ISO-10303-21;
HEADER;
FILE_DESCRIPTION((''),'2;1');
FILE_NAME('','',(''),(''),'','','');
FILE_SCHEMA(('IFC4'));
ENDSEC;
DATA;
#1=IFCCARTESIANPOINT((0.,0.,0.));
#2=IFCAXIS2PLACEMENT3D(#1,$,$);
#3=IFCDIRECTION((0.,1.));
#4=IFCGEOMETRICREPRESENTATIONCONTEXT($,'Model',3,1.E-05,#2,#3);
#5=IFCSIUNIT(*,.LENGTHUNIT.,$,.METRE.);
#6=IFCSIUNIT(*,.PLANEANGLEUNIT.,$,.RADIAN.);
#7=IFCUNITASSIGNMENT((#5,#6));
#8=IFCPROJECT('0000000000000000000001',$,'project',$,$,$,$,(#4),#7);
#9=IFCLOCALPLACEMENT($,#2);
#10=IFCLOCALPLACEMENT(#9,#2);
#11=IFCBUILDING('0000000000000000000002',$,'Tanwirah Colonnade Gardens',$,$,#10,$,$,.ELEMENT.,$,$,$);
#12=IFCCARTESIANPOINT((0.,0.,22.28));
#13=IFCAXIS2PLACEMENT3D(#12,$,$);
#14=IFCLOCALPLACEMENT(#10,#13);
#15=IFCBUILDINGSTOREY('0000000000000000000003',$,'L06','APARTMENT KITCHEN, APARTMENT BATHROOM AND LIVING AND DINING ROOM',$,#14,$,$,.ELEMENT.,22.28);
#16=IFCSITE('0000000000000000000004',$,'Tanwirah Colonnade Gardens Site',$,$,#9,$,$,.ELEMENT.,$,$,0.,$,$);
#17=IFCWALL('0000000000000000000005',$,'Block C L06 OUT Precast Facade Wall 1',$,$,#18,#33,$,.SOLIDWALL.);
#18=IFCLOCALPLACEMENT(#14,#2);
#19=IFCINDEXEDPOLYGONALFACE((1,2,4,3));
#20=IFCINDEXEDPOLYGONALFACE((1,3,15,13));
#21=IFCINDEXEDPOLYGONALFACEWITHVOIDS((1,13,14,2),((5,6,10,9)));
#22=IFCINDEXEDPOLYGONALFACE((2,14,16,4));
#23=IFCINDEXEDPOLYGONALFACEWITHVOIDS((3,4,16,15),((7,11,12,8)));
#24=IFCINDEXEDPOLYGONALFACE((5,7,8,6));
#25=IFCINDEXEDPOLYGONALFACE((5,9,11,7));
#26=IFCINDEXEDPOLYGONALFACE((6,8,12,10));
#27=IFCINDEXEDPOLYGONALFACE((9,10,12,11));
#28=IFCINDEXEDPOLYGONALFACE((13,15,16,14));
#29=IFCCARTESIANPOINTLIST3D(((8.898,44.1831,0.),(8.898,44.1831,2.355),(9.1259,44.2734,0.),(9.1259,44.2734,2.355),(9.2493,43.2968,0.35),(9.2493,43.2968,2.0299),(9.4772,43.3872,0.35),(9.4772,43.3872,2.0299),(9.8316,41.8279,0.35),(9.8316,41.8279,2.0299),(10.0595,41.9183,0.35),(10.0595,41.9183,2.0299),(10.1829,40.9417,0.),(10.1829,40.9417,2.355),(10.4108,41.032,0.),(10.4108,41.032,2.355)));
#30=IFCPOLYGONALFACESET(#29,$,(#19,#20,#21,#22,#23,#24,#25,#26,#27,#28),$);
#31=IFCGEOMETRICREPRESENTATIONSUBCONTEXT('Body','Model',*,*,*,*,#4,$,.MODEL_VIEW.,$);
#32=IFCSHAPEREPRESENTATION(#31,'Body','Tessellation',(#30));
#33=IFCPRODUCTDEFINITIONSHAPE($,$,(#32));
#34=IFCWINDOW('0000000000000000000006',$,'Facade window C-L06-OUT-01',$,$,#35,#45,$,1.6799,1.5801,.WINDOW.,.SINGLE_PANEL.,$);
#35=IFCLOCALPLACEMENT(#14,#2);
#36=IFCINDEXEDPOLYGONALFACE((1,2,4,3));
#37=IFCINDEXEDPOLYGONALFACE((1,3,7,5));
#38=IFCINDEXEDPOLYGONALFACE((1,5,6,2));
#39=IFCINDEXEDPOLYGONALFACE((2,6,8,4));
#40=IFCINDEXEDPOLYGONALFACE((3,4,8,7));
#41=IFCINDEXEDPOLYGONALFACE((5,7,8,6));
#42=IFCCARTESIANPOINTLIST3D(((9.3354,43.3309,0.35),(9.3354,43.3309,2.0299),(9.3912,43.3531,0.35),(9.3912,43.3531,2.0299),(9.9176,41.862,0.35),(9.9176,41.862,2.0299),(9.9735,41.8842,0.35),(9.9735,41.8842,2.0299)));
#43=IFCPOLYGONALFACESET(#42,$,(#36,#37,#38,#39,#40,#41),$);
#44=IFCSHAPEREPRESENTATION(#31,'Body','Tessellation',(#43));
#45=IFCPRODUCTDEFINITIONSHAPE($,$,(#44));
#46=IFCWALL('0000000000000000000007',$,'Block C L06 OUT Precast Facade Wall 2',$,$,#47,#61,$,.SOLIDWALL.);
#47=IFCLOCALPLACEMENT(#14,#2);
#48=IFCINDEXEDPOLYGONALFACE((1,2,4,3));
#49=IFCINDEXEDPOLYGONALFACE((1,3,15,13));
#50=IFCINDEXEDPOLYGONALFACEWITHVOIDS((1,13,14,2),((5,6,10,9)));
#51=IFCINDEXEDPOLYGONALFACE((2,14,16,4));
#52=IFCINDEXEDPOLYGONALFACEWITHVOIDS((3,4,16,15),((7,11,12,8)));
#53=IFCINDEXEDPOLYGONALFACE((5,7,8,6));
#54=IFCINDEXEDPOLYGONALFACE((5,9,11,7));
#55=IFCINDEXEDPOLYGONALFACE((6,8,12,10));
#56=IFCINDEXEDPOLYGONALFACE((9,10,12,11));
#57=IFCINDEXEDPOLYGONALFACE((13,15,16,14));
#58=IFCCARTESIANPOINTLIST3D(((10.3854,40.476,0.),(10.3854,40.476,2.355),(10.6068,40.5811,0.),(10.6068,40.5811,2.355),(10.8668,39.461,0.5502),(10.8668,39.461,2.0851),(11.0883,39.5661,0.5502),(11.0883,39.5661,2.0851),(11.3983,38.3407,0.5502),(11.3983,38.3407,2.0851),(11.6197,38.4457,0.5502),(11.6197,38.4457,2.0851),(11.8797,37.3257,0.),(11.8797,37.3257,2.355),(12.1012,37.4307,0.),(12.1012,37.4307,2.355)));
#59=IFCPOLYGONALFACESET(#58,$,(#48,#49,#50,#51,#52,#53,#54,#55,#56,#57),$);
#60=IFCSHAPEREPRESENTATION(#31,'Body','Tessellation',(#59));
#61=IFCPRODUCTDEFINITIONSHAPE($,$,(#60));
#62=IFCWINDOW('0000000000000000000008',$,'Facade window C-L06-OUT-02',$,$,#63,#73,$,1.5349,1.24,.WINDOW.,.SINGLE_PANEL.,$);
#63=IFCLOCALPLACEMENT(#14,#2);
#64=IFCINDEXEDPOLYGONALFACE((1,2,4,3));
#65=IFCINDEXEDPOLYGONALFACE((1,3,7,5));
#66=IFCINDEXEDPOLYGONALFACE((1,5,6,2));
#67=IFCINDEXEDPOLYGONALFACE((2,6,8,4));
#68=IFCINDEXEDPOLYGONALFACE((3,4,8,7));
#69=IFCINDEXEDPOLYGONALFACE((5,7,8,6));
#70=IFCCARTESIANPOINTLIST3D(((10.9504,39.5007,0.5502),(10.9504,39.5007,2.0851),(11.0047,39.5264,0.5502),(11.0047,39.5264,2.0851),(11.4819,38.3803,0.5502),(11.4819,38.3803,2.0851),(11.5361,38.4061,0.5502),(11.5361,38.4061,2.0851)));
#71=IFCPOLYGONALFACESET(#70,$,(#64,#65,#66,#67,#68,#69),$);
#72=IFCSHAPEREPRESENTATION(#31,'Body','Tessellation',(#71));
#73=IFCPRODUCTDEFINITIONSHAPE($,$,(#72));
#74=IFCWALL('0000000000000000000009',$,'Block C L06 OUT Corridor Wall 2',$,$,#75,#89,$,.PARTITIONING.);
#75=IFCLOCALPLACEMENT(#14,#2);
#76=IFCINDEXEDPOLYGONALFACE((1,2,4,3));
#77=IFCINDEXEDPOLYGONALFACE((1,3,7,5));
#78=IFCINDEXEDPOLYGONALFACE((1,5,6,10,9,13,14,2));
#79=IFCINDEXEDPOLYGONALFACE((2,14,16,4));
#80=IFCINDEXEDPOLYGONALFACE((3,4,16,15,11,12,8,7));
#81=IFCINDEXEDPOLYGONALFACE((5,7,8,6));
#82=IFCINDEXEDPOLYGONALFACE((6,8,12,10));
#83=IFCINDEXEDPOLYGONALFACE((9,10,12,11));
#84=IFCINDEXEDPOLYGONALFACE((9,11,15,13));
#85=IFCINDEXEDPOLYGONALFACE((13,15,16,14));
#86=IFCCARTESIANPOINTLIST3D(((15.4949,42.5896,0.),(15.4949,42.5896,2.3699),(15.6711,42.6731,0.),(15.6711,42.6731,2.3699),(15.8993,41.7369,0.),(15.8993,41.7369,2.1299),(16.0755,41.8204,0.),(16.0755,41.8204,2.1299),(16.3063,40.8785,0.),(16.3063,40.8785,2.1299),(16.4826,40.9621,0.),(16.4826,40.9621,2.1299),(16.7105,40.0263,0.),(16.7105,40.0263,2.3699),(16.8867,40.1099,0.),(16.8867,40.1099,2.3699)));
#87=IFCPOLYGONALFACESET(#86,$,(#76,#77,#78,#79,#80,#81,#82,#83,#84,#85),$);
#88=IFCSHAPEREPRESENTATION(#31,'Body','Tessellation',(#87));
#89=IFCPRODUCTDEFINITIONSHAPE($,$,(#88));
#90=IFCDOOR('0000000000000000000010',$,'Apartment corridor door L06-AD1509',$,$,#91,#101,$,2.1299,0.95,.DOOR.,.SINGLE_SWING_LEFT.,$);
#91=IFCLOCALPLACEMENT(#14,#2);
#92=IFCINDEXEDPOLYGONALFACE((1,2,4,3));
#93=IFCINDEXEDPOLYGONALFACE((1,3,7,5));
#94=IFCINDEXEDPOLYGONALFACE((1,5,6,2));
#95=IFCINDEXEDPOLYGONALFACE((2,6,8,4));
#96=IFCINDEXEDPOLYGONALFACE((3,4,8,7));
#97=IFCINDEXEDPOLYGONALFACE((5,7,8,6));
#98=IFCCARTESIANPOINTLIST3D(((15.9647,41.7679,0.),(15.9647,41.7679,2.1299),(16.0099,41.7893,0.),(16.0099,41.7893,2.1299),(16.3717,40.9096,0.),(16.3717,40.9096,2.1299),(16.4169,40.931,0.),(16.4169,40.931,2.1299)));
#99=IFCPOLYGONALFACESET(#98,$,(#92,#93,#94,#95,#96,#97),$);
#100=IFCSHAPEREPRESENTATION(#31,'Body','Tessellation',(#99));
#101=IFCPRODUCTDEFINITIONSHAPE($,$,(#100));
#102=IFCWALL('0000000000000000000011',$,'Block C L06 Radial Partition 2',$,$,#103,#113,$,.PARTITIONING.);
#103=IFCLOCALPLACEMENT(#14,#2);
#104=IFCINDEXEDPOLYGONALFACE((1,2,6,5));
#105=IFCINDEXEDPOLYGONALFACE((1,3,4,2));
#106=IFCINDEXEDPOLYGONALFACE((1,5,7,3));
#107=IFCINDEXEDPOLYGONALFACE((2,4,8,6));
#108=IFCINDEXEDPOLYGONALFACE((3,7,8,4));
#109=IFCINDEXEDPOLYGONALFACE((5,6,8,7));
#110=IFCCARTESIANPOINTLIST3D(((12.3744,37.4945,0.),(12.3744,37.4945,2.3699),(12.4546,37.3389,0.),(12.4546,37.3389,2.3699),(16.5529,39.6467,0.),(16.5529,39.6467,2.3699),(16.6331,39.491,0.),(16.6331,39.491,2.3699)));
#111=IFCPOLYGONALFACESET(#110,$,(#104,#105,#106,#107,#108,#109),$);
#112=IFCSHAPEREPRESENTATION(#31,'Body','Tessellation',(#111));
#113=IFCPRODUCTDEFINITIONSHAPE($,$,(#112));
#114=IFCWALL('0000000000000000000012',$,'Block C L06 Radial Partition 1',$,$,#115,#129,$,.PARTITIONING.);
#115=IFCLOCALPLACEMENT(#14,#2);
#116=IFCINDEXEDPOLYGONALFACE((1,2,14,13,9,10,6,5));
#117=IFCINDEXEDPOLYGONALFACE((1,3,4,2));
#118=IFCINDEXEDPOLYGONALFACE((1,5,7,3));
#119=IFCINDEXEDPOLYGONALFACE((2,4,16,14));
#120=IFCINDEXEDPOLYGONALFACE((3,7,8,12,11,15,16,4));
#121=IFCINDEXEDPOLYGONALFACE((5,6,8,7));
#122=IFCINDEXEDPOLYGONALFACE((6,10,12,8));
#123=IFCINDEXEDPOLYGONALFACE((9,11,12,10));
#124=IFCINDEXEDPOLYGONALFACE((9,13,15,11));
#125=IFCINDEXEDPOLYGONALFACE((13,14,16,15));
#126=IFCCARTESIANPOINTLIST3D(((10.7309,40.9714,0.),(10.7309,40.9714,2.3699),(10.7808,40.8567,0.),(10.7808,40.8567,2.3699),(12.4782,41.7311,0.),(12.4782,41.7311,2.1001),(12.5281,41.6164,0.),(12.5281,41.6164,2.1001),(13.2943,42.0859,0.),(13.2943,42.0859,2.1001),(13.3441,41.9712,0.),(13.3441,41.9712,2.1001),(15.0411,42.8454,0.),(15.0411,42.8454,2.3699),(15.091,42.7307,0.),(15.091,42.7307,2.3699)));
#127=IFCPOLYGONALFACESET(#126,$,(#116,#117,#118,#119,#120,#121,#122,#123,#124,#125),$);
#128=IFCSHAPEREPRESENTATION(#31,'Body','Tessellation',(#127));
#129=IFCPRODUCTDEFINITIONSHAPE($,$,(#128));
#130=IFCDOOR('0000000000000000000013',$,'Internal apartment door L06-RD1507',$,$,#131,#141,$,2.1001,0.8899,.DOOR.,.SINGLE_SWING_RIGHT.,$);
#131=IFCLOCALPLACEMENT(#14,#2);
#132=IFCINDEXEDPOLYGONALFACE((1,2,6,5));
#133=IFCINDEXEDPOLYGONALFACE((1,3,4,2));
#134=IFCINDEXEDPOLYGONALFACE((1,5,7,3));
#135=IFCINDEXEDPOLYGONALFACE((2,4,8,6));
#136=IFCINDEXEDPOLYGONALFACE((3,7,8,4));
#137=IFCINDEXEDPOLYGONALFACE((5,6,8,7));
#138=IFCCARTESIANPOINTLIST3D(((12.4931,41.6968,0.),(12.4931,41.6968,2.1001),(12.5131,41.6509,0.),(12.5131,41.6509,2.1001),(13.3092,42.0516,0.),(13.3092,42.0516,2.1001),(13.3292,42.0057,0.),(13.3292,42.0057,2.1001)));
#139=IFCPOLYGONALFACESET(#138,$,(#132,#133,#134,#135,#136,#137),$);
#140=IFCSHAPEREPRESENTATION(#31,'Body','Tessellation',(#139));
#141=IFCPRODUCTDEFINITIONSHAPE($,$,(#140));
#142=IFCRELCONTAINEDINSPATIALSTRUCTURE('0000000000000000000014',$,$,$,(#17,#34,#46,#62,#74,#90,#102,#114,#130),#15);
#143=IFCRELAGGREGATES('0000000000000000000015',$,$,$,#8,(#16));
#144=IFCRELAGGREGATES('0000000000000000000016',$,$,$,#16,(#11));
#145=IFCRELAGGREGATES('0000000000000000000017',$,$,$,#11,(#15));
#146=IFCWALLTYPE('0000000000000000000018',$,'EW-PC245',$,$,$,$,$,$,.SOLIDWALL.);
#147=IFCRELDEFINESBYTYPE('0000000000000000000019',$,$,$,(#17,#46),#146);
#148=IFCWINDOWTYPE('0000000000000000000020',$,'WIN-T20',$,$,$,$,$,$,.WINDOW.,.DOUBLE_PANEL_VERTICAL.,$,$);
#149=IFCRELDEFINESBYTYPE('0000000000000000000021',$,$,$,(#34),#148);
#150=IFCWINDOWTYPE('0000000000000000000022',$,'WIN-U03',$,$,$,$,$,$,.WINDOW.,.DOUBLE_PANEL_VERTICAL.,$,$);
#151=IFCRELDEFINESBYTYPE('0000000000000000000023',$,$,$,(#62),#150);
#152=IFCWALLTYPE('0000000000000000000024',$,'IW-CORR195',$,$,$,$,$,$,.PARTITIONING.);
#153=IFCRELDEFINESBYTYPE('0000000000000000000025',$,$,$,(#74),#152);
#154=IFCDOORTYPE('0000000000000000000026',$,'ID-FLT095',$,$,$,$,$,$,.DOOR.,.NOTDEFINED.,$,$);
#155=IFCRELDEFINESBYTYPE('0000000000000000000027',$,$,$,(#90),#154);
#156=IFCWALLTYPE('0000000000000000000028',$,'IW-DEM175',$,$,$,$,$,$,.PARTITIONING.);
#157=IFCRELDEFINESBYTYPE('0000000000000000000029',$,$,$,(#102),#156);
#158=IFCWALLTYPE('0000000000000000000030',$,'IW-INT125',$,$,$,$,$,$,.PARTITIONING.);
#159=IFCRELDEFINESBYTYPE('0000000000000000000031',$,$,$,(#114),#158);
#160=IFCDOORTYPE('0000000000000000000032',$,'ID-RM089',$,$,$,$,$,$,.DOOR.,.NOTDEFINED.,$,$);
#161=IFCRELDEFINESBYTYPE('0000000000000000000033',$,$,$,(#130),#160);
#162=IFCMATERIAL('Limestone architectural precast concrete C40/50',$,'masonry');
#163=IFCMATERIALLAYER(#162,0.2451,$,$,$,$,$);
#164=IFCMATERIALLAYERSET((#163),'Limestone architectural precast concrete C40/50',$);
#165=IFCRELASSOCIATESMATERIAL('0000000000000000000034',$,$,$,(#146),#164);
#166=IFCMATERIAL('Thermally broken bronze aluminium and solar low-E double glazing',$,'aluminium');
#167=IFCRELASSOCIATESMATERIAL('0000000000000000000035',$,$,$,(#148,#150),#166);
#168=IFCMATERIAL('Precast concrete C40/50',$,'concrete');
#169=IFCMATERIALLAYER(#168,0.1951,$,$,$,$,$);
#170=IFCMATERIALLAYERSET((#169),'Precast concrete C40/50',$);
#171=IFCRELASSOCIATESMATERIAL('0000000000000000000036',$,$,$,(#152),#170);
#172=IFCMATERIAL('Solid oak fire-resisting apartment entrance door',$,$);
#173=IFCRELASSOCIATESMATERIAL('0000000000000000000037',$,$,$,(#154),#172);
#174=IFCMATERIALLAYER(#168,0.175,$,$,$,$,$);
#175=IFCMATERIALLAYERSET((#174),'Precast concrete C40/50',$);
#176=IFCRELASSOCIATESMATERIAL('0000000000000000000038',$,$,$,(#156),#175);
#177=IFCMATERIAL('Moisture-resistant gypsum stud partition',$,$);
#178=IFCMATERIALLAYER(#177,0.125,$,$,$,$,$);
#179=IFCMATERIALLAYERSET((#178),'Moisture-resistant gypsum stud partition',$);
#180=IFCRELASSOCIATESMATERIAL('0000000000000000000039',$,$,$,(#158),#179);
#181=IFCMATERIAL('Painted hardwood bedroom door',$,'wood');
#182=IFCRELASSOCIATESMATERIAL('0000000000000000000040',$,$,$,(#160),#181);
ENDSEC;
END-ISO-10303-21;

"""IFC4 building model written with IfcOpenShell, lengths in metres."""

from ifc_helpers import new_model, si_unit, direction, frame, frame_2d, origin, place, context, subcontext, project, spatial, rectangle, extrude, material, layer, layer_set, type_object, element, fill, save


model = new_model("IFC4")

# Units and contexts
model_context = context("Model", 3, precision=1e-05, world=origin(), true_north=direction((0.0, 1.0)))
body_context = subcontext(model_context, "Body", "Model", "MODEL_VIEW")
ifc_project = project(units=[si_unit("LENGTHUNIT", "METRE"), si_unit("PLANEANGLEUNIT", "RADIAN")], contexts=[model_context])

# Site, building, storey
site_placement = place(None, origin())
site = spatial("IfcSite", under=ifc_project, at=site_placement, Name="Tanwirah Colonnade Gardens Site", CompositionType="ELEMENT", RefElevation=0.0)
building_placement = place(site_placement, origin())
building = spatial("IfcBuilding", under=site, at=building_placement, Name="Tanwirah Colonnade Gardens", CompositionType="ELEMENT")
storey_placement = place(building_placement, frame((0.0, 0.0, 22.28)))
storey = spatial("IfcBuildingStorey", under=building, at=storey_placement, Name="L06", Description="APARTMENT KITCHEN, APARTMENT BATHROOM AND LIVING AND DINING ROOM", CompositionType="ELEMENT", Elevation=22.28)

# Shared definitions
ifc_material_1 = material(Name="Precast concrete C40/50", Category="concrete")

# Walls, openings, windows
ifc_material_2 = material(Name="Limestone architectural precast concrete C40/50", Category="masonry")
ifc_layer_1 = layer(ifc_material_2, 0.2451)
ifc_layer_set_1 = layer_set([ifc_layer_1], Name="Limestone architectural precast concrete C40/50")
wall_type_1 = type_object("IfcWallType", Name="EW-PC245", PredefinedType="SOLIDWALL", material=ifc_layer_set_1)
wall_1_placement = place(storey_placement, frame((9.012, 44.2283, 0.0), z_axis=(0.0, 0.0, 1.0), x_axis=(0.368504, -0.929626, 0.0)))
wall_1 = element("IfcWall", 1, at=wall_1_placement, inside=storey, type_object=wall_type_1, Name="Block C L06 OUT Precast Facade Wall 1", PredefinedType="SOLIDWALL", context=body_context, shape_type="SweptSolid", body=[
    extrude(rectangle(XDim=3.4868, YDim=0.2451, at=frame_2d((1.7434, 0.0))), origin(), (0.0, 0.0, 1.0), 2.355),
])
opening_1_placement = place(wall_1_placement, frame((0.9534, 0.0, 0.3501)))
opening_1 = element("IfcOpeningElement", 2, at=opening_1_placement, cuts=wall_1, PredefinedType="OPENING", context=body_context, shape_type="SweptSolid", body=[
    extrude(rectangle(XDim=1.5801, YDim=1.6799, at=frame_2d((0.79, 0.8398))), frame((0.0, 0.1326, 0.0), z_axis=(0.0, -1.0, 0.0), x_axis=(1.0, 0.0, 0.0)), (0.0, 0.0, 1.0), 0.2651),
])
ifc_material_3 = material(Name="Thermally broken bronze aluminium and solar low-E double glazing", Category="aluminium")
window_type_1 = type_object("IfcWindowType", Name="WIN-T20", PartitioningType="DOUBLE_PANEL_VERTICAL", PredefinedType="WINDOW", material=ifc_material_3)
window_1_placement = place(opening_1_placement, origin())
window_1 = element("IfcWindow", 3, at=window_1_placement, inside=storey, type_object=window_type_1, Name="Facade window C-L06-OUT-01", OverallHeight=1.6799, OverallWidth=1.5801, PartitioningType="SINGLE_PANEL", PredefinedType="WINDOW", context=body_context, shape_type="SweptSolid", body=[
    extrude(rectangle(XDim=1.5801, YDim=1.6799, at=frame_2d((0.79, 0.8398))), frame((0.0, 0.03, 0.0), z_axis=(0.0, -1.0, 0.0), x_axis=(1.0, 0.0, 0.0)), (0.0, 0.0, 1.0), 0.0601),
])
fill(opening_1, window_1)
wall_2_placement = place(storey_placement, frame((10.4961, 40.5286, 0.0), z_axis=(0.0, 0.0, 1.0), x_axis=(0.428577, -0.903505, 0.0)))
wall_2 = element("IfcWall", 4, at=wall_2_placement, inside=storey, type_object=wall_type_1, Name="Block C L06 OUT Precast Facade Wall 2", PredefinedType="SOLIDWALL", context=body_context, shape_type="SweptSolid", body=[
    extrude(rectangle(XDim=3.4868, YDim=0.2451, at=frame_2d((1.7434, 0.0))), origin(), (0.0, 0.0, 1.0), 2.355),
])
opening_2_placement = place(wall_2_placement, frame((1.1233, 0.0, 0.55)))
opening_2 = element("IfcOpeningElement", 5, at=opening_2_placement, cuts=wall_2, PredefinedType="OPENING", context=body_context, shape_type="SweptSolid", body=[
    extrude(rectangle(XDim=1.24, YDim=1.5349, at=frame_2d((0.6201, 0.7676))), frame((0.0, 0.1326, 0.0), z_axis=(0.0, -1.0, 0.0), x_axis=(1.0, 0.0, 0.0)), (0.0, 0.0, 1.0), 0.2651),
])
window_type_2 = type_object("IfcWindowType", Name="WIN-U03", PartitioningType="DOUBLE_PANEL_VERTICAL", PredefinedType="WINDOW", material=ifc_material_3)
window_2_placement = place(opening_2_placement, origin())
window_2 = element("IfcWindow", 6, at=window_2_placement, inside=storey, type_object=window_type_2, Name="Facade window C-L06-OUT-02", OverallHeight=1.5349, OverallWidth=1.24, PartitioningType="SINGLE_PANEL", PredefinedType="WINDOW", context=body_context, shape_type="SweptSolid", body=[
    extrude(rectangle(XDim=1.24, YDim=1.5349, at=frame_2d((0.6201, 0.7676))), frame((0.0, 0.03, 0.0), z_axis=(0.0, -1.0, 0.0), x_axis=(1.0, 0.0, 0.0)), (0.0, 0.0, 1.0), 0.0601),
])
fill(opening_2, window_2)

# Wall, opening, door
ifc_layer_2 = layer(ifc_material_1, 0.1951)
ifc_layer_set_2 = layer_set([ifc_layer_2], Name="Precast concrete C40/50")
wall_type_2 = type_object("IfcWallType", Name="IW-CORR195", PredefinedType="PARTITIONING", material=ifc_layer_set_2)
ifc_material_4 = material(Name="Solid oak fire-resisting apartment entrance door")
wall_3_placement = place(storey_placement, frame((15.583, 42.6313, 0.0), z_axis=(0.0, 0.0, 1.0), x_axis=(0.428493, -0.903545, 0.0)))
wall_3 = element("IfcWall", 7, at=wall_3_placement, inside=storey, type_object=wall_type_2, Name="Block C L06 OUT Corridor Wall 2", PredefinedType="PARTITIONING", context=body_context, shape_type="SweptSolid", body=[
    extrude(rectangle(XDim=2.8369, YDim=0.1951, at=frame_2d((1.4185, 0.0))), origin(), (0.0, 0.0, 1.0), 2.3699),
])
opening_3_placement = place(wall_3_placement, frame((0.9436, 0.0, 0.0)))
opening_3 = element("IfcOpeningElement", 8, at=opening_3_placement, cuts=wall_3, PredefinedType="OPENING", context=body_context, shape_type="SweptSolid", body=[
    extrude(rectangle(XDim=0.95, YDim=2.1299, at=frame_2d((0.4751, 1.0649))), frame((0.0, 0.1074, 0.0), z_axis=(0.0, -1.0, 0.0), x_axis=(1.0, 0.0, 0.0)), (0.0, 0.0, 1.0), 0.2151),
])
door_type_1 = type_object("IfcDoorType", Name="ID-FLT095", OperationType="NOTDEFINED", PredefinedType="DOOR", material=ifc_material_4)
door_1_placement = place(opening_3_placement, origin())
door_1 = element("IfcDoor", 9, at=door_1_placement, inside=storey, type_object=door_type_1, Name="Apartment corridor door L06-AD1509", OperationType="SINGLE_SWING_LEFT", OverallHeight=2.1299, OverallWidth=0.95, PredefinedType="DOOR", context=body_context, shape_type="SweptSolid", body=[
    extrude(rectangle(XDim=0.95, YDim=2.1299, at=frame_2d((0.4751, 1.0649))), frame((0.0, 0.0249, 0.0), z_axis=(0.0, -1.0, 0.0), x_axis=(1.0, 0.0, 0.0)), (0.0, 0.0, 1.0), 0.05),
])
fill(opening_3, door_1)

# Wall
ifc_layer_3 = layer(ifc_material_1, 0.175)
ifc_layer_set_3 = layer_set([ifc_layer_3], Name="Precast concrete C40/50")
wall_type_3 = type_object("IfcWallType", Name="IW-DEM175", PredefinedType="PARTITIONING", material=ifc_layer_set_3)
wall_4_placement = place(storey_placement, frame((16.593, 39.5688, 0.0), z_axis=(0.0, 0.0, 1.0), x_axis=(-0.889013, -0.457882, 0.0)))
element("IfcWall", 10, at=wall_4_placement, inside=storey, type_object=wall_type_3, Name="Block C L06 Radial Partition 2", PredefinedType="PARTITIONING", context=body_context, shape_type="SweptSolid", body=[
    extrude(rectangle(XDim=4.7002, YDim=0.175, at=frame_2d((2.3501, 0.0))), origin(), (0.0, 0.0, 1.0), 2.3699),
])

# Wall, opening, door
ifc_material_5 = material(Name="Moisture-resistant gypsum stud partition")
ifc_layer_4 = layer(ifc_material_5, 0.125)
ifc_layer_set_4 = layer_set([ifc_layer_4], Name="Moisture-resistant gypsum stud partition")
wall_type_4 = type_object("IfcWallType", Name="IW-INT125", PredefinedType="PARTITIONING", material=ifc_layer_set_4)
wall_5_placement = place(storey_placement, frame((15.0662, 42.7881, 0.0), z_axis=(0.0, 0.0, 1.0), x_axis=(-0.917072, -0.398722, 0.0)))
wall_5 = element("IfcWall", 11, at=wall_5_placement, inside=storey, type_object=wall_type_4, Name="Block C L06 Radial Partition 1", PredefinedType="PARTITIONING", context=body_context, shape_type="SweptSolid", body=[
    extrude(rectangle(XDim=4.7, YDim=0.125, at=frame_2d((2.3501, 0.0))), origin(), (0.0, 0.0, 1.0), 2.3699),
])
opening_4_placement = place(wall_5_placement, frame((1.905, 0.0, 0.0)))
opening_4 = element("IfcOpeningElement", 12, at=opening_4_placement, cuts=wall_5, PredefinedType="OPENING", context=body_context, shape_type="SweptSolid", body=[
    extrude(rectangle(XDim=0.8899, YDim=2.1001, at=frame_2d((0.4448, 1.05))), frame((0.0, 0.0725, 0.0), z_axis=(0.0, -1.0, 0.0), x_axis=(1.0, 0.0, 0.0)), (0.0, 0.0, 1.0), 0.145),
])
ifc_material_6 = material(Name="Painted hardwood bedroom door", Category="wood")
door_type_2 = type_object("IfcDoorType", Name="ID-RM089", OperationType="NOTDEFINED", PredefinedType="DOOR", material=ifc_material_6)
door_2_placement = place(opening_4_placement, origin())
door_2 = element("IfcDoor", 13, at=door_2_placement, inside=storey, type_object=door_type_2, Name="Internal apartment door L06-RD1507", OperationType="SINGLE_SWING_RIGHT", OverallHeight=2.1001, OverallWidth=0.8899, PredefinedType="DOOR", context=body_context, shape_type="SweptSolid", body=[
    extrude(rectangle(XDim=0.8899, YDim=2.1001, at=frame_2d((0.4448, 1.05))), frame((0.0, 0.0249, 0.0), z_axis=(0.0, -1.0, 0.0), x_axis=(1.0, 0.0, 0.0)), (0.0, 0.0, 1.0), 0.05),
])
fill(opening_4, door_2)

save(model, "model.ifc")
